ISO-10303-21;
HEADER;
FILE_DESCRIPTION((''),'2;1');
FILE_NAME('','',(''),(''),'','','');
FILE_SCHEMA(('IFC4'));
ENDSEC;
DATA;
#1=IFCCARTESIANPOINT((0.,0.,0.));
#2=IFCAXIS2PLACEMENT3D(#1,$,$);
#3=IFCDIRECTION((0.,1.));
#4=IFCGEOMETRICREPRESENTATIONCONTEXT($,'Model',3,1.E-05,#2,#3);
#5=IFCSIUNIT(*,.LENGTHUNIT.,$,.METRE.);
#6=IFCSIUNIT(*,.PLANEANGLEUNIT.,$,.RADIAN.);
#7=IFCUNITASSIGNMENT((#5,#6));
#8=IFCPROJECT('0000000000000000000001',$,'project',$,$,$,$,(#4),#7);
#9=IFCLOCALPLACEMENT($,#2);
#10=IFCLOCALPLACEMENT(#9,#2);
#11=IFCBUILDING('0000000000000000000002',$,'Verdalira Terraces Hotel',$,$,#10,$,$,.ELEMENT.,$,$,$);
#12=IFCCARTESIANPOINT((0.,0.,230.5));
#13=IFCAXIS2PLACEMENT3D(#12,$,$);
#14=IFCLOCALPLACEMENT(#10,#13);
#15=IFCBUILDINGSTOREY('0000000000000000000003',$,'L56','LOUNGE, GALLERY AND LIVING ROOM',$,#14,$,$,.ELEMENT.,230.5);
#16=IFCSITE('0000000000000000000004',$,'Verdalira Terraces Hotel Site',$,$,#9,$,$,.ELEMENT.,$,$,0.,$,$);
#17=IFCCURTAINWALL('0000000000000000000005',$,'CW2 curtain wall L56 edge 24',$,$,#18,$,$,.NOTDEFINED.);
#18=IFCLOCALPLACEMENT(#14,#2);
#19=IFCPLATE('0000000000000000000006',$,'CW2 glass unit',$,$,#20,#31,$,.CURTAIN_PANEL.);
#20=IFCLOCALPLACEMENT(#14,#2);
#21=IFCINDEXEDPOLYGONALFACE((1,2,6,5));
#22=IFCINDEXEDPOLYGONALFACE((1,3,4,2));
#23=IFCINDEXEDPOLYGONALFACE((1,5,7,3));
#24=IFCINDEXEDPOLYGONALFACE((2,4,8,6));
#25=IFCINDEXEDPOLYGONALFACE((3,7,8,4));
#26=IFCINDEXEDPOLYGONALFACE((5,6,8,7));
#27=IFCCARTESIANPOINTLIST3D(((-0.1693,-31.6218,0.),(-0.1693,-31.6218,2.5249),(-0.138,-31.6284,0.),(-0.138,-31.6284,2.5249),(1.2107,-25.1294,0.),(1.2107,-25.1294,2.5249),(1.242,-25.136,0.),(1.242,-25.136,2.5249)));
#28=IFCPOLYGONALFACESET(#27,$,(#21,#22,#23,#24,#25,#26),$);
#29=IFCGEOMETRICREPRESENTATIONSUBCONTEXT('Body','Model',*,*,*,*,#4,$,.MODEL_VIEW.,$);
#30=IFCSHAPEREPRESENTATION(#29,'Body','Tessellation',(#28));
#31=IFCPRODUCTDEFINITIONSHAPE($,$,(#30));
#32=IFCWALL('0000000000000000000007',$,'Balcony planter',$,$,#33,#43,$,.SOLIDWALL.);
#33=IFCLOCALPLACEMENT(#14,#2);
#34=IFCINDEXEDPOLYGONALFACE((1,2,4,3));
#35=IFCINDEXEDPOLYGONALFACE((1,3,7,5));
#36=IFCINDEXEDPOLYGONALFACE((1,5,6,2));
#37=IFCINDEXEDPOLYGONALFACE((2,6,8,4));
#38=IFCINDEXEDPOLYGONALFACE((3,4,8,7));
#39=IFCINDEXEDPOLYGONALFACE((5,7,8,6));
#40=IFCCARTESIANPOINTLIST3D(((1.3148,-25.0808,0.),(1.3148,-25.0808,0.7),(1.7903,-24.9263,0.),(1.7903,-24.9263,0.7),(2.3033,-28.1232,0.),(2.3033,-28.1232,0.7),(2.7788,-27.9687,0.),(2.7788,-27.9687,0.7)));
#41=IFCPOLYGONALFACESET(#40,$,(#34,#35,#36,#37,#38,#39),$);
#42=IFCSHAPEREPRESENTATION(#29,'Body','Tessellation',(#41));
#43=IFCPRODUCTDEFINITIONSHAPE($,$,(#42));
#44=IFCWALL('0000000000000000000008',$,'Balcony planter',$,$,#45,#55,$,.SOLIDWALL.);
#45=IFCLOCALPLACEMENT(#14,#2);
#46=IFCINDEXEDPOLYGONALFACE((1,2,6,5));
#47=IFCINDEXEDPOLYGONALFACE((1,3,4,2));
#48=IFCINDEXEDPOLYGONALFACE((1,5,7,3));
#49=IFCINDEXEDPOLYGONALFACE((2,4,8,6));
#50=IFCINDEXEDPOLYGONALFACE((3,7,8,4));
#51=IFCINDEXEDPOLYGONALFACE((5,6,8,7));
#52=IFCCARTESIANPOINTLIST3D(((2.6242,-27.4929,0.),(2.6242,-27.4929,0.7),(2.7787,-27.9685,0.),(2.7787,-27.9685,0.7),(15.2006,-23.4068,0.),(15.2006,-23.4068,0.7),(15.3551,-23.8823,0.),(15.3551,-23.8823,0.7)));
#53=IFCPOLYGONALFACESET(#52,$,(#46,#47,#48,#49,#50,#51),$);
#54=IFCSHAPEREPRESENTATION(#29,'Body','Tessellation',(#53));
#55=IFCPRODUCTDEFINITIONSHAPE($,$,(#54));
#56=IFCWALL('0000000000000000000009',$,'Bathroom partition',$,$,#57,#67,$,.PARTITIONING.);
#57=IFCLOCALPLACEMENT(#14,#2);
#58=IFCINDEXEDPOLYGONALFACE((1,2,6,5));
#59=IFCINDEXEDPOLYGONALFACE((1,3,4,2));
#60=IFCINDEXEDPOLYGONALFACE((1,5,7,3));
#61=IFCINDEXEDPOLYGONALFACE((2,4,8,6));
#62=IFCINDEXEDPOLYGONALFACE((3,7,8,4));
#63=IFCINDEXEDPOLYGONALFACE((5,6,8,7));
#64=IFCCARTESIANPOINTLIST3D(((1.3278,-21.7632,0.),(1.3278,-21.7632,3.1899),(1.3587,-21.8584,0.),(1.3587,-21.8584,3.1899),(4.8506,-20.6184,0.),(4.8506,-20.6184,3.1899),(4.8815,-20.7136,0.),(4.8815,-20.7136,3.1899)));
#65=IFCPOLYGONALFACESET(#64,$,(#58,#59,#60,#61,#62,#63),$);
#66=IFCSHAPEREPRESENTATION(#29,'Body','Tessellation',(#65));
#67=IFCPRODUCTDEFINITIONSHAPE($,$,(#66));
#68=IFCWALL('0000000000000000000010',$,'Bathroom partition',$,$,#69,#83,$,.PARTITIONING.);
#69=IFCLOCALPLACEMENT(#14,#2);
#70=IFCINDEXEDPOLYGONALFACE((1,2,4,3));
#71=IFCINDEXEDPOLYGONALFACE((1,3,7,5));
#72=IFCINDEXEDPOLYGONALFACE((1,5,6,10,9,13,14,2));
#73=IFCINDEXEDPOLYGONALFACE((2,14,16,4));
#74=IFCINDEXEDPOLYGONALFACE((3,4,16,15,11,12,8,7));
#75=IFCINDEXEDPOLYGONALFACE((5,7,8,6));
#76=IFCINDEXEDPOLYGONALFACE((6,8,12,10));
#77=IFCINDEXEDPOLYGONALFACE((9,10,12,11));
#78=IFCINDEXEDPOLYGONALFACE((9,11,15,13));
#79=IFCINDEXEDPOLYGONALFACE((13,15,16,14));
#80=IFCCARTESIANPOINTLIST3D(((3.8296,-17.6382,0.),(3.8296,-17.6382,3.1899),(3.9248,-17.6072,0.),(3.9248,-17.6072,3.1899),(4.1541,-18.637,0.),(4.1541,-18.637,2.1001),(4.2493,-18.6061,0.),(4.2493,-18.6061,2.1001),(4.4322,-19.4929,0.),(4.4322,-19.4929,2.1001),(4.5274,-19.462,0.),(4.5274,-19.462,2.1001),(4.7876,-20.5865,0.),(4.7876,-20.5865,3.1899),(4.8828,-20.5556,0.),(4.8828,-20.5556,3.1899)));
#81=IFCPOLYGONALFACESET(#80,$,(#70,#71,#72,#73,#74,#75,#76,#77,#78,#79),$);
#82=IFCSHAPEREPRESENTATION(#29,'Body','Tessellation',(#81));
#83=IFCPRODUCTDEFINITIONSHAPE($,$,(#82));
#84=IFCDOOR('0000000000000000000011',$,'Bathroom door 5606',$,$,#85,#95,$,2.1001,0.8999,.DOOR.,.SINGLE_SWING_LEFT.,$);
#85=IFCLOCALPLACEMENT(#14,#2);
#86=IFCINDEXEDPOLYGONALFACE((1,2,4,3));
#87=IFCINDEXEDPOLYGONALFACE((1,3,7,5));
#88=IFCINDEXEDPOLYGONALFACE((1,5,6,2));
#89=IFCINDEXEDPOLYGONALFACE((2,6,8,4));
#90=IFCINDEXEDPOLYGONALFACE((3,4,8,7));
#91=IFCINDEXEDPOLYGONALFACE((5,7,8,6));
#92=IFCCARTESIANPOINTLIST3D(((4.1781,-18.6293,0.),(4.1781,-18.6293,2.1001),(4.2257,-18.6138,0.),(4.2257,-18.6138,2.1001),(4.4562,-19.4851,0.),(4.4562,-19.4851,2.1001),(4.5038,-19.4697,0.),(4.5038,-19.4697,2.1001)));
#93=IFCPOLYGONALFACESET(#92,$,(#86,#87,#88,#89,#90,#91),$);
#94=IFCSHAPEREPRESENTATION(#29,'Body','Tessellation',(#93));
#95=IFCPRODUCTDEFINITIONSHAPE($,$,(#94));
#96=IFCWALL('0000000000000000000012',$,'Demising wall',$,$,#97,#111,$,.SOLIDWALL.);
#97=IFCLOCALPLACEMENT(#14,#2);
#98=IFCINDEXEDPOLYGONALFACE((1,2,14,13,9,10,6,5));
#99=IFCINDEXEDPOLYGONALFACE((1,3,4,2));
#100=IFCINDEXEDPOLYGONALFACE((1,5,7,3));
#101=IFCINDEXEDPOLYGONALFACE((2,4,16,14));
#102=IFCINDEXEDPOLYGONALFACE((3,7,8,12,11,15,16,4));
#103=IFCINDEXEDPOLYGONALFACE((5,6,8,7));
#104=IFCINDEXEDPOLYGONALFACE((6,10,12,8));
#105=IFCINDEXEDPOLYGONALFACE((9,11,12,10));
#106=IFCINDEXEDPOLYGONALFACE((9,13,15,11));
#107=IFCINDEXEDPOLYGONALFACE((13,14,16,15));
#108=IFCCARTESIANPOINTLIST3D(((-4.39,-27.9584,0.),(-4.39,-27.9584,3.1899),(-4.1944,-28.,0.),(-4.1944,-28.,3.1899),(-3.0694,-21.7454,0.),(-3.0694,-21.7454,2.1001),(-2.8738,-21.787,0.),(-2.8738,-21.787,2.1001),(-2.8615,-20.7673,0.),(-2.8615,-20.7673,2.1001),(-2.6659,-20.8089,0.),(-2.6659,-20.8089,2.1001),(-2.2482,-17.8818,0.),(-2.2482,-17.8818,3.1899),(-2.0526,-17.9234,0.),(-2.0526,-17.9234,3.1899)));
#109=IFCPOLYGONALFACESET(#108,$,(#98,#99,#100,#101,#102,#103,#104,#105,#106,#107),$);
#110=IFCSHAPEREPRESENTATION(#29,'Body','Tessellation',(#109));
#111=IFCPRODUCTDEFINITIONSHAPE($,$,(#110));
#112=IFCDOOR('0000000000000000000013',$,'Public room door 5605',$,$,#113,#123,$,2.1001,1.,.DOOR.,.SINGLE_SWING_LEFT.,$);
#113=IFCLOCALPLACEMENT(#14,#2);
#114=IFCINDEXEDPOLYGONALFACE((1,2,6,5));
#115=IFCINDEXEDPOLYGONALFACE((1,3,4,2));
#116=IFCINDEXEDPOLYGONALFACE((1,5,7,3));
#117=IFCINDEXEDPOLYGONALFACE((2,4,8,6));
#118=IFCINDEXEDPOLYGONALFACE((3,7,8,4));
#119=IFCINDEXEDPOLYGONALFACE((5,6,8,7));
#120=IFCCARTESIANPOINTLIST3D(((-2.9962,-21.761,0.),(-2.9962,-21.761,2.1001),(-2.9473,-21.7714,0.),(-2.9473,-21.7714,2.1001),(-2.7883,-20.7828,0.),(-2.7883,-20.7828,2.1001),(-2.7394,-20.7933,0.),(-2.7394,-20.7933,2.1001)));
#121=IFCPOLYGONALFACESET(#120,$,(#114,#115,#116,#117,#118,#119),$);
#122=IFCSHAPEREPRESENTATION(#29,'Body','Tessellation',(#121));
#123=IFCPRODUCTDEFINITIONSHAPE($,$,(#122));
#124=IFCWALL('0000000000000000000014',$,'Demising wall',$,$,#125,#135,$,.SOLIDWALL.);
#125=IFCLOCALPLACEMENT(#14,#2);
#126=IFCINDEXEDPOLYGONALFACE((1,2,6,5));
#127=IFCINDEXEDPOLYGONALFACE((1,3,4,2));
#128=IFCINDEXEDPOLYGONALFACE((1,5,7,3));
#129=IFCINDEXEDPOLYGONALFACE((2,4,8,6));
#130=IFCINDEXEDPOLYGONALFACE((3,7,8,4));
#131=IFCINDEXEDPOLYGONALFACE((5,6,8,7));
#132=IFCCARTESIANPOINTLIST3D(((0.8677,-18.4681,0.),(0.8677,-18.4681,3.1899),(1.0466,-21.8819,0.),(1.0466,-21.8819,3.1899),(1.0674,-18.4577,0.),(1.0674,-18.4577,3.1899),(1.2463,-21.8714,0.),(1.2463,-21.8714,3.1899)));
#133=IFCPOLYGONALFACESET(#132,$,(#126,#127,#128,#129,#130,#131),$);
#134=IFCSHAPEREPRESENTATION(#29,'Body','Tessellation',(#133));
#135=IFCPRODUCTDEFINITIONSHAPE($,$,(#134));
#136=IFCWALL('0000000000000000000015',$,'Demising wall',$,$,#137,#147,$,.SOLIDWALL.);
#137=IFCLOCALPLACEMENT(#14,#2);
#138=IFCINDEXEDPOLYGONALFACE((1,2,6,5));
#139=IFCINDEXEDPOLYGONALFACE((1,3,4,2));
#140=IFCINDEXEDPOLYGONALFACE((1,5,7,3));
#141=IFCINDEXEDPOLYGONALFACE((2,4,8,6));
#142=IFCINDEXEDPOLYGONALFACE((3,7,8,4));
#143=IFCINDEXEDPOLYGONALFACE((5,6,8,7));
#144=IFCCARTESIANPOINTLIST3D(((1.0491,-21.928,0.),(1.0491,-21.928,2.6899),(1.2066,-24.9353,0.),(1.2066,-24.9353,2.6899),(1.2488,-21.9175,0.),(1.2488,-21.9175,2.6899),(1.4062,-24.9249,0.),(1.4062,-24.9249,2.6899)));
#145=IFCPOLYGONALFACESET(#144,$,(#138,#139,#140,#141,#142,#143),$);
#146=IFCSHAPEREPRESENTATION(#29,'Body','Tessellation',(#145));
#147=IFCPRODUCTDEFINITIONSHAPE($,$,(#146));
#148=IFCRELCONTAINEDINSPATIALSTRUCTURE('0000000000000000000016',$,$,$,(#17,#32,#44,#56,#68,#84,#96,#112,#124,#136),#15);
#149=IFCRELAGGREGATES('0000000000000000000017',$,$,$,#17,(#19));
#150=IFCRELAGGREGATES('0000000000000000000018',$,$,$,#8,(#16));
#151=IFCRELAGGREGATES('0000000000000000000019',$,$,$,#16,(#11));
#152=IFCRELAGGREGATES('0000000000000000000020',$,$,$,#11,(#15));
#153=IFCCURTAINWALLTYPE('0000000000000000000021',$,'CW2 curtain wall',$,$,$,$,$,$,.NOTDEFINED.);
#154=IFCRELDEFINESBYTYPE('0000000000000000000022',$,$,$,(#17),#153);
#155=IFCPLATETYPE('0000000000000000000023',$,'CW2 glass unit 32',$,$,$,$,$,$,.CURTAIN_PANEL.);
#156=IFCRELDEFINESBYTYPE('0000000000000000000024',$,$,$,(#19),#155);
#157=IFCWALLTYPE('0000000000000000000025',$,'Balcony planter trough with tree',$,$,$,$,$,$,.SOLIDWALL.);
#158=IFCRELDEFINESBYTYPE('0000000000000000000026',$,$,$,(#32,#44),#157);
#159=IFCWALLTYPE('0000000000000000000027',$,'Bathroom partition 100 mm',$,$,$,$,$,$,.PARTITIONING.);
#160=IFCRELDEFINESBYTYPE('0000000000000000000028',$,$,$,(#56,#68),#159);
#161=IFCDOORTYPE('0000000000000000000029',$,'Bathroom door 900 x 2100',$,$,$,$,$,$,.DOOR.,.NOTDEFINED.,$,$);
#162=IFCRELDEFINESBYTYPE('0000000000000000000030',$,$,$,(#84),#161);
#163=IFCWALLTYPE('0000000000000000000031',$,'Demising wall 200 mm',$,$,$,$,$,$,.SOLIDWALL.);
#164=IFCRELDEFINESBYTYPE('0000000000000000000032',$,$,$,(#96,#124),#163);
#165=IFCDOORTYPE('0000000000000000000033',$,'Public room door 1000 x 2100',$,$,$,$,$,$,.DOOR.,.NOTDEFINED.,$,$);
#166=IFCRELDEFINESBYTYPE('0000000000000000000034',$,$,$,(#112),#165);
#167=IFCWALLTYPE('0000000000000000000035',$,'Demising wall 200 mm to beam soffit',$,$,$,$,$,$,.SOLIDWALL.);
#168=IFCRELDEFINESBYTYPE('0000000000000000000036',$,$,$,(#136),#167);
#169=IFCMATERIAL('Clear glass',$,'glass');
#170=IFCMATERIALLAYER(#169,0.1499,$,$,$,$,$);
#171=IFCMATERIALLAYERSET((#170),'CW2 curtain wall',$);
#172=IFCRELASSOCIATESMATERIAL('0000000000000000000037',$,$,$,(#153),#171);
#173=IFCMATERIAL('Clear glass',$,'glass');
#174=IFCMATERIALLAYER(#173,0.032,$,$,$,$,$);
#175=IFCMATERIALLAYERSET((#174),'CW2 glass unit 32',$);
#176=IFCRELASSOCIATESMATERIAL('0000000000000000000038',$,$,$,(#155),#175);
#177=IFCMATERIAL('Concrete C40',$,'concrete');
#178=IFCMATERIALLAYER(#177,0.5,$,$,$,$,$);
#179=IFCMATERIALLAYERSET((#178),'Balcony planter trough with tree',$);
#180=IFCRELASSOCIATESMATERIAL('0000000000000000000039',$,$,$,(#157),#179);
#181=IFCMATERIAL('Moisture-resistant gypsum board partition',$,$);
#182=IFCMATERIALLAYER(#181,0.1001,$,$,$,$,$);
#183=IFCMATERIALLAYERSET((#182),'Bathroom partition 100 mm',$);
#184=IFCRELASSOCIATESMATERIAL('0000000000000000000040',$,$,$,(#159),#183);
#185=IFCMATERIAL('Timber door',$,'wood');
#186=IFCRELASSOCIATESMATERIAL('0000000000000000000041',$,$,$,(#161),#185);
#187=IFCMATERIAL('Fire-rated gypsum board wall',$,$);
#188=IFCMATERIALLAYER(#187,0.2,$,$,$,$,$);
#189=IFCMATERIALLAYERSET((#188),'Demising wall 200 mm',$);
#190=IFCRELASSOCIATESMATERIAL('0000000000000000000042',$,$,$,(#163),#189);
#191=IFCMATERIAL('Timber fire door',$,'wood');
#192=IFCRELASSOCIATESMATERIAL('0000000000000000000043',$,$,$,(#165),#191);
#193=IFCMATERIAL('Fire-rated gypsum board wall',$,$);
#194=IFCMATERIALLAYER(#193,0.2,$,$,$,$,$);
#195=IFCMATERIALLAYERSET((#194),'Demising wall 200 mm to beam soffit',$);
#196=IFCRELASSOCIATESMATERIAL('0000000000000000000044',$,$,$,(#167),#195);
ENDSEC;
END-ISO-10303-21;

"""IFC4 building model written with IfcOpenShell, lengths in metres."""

from ifc_helpers import new_model, si_unit, direction, frame, frame_2d, origin, origin_2d, place, context, subcontext, project, spatial, rectangle, extrude, material, layer, layer_set, type_object, element, fill, aggregate, save


model = new_model("IFC4")

# Units and contexts
model_context = context("Model", 3, precision=1e-05, world=origin(), true_north=direction((0.0, 1.0)))
body_context = subcontext(model_context, "Body", "Model", "MODEL_VIEW")
ifc_project = project(units=[si_unit("LENGTHUNIT", "METRE"), si_unit("PLANEANGLEUNIT", "RADIAN")], contexts=[model_context])

# Site, building, storey
site_placement = place(None, origin())
site = spatial("IfcSite", under=ifc_project, at=site_placement, Name="Verdalira Terraces Hotel Site", CompositionType="ELEMENT", RefElevation=0.0)
building_placement = place(site_placement, origin())
building = spatial("IfcBuilding", under=site, at=building_placement, Name="Verdalira Terraces Hotel", CompositionType="ELEMENT")
storey_placement = place(building_placement, frame((0.0, 0.0, 230.5)))
storey = spatial("IfcBuildingStorey", under=building, at=storey_placement, Name="L56", Description="LOUNGE, GALLERY AND LIVING ROOM", CompositionType="ELEMENT", Elevation=230.5)

# Curtain wall
ifc_material_1 = material(Name="Clear glass", Category="glass")
ifc_layer_1 = layer(ifc_material_1, 0.1499)
ifc_layer_set_1 = layer_set([ifc_layer_1], Name="CW2 curtain wall")
curtain_wall_type_1 = type_object("IfcCurtainWallType", Name="CW2 curtain wall", PredefinedType="NOTDEFINED", material=ifc_layer_set_1)
curtain_wall_1_placement = place(storey_placement, origin())
curtain_wall_1 = element("IfcCurtainWall", 1, at=curtain_wall_1_placement, inside=storey, type_object=curtain_wall_type_1, Name="CW2 curtain wall L56 edge 24", PredefinedType="NOTDEFINED")

# Plate
ifc_material_2 = material(Name="Clear glass", Category="glass")
ifc_layer_2 = layer(ifc_material_2, 0.032)
ifc_layer_set_2 = layer_set([ifc_layer_2], Name="CW2 glass unit 32")
plate_type_1 = type_object("IfcPlateType", Name="CW2 glass unit 32", PredefinedType="CURTAIN_PANEL", material=ifc_layer_set_2)
plate_1_placement = place(storey_placement, frame((0.5364, -28.3789, 0.0), z_axis=(0.0, 0.0, 1.0), x_axis=(0.207912, 0.978148, 0.0)))
plate_1 = element("IfcPlate", 2, at=plate_1_placement, type_object=plate_type_1, Name="CW2 glass unit", PredefinedType="CURTAIN_PANEL", context=body_context, shape_type="SweptSolid", body=[
    extrude(rectangle(XDim=6.6375, YDim=0.032, at=origin_2d()), origin(), (0.0, 0.0, 1.0), 2.5249),
])
aggregate(curtain_wall_1, [plate_1])

# Walls
ifc_material_3 = material(Name="Concrete C40", Category="concrete")
ifc_layer_3 = layer(ifc_material_3, 0.5)
ifc_layer_set_3 = layer_set([ifc_layer_3], Name="Balcony planter trough with tree")
wall_type_1 = type_object("IfcWallType", Name="Balcony planter trough with tree", PredefinedType="SOLIDWALL", material=ifc_layer_set_3)
wall_1_placement = place(storey_placement, frame((1.5525, -25.0034, 0.0), z_axis=(0.0, 0.0, 1.0), x_axis=(0.309007, -0.95106, 0.0)))
element("IfcWall", 3, at=wall_1_placement, inside=storey, type_object=wall_type_1, Name="Balcony planter", PredefinedType="SOLIDWALL", context=body_context, shape_type="SweptSolid", body=[
    extrude(rectangle(XDim=3.199, YDim=0.5, at=frame_2d((1.5996, 0.0))), origin(), (0.0, 0.0, 1.0), 0.7),
])
wall_2_placement = place(storey_placement, frame((2.7014, -27.7307, 0.0), z_axis=(0.0, 0.0, 1.0), x_axis=(0.95106, 0.309007, 0.0)))
element("IfcWall", 4, at=wall_2_placement, inside=storey, type_object=wall_type_1, Name="Balcony planter", PredefinedType="SOLIDWALL", context=body_context, shape_type="SweptSolid", body=[
    extrude(rectangle(XDim=13.2236, YDim=0.5, at=frame_2d((6.6118, 0.0))), origin(), (0.0, 0.0, 1.0), 0.7),
])
ifc_material_4 = material(Name="Moisture-resistant gypsum board partition")
ifc_layer_4 = layer(ifc_material_4, 0.1001)
ifc_layer_set_4 = layer_set([ifc_layer_4], Name="Bathroom partition 100 mm")
wall_type_2 = type_object("IfcWallType", Name="Bathroom partition 100 mm", PredefinedType="PARTITIONING", material=ifc_layer_set_4)
wall_3_placement = place(storey_placement, frame((1.3433, -21.8108, 0.0), z_axis=(0.0, 0.0, 1.0), x_axis=(0.951042, 0.309061, 0.0)))
element("IfcWall", 5, at=wall_3_placement, inside=storey, type_object=wall_type_2, Name="Bathroom partition", PredefinedType="PARTITIONING", context=body_context, shape_type="SweptSolid", body=[
    extrude(rectangle(XDim=3.7041, YDim=0.1001, at=frame_2d((1.8521, 0.0))), origin(), (0.0, 0.0, 1.0), 3.1899),
])

# Walls, openings, doors
wall_4_placement = place(storey_placement, frame((4.8352, -20.571, 0.0), z_axis=(0.0, 0.0, 1.0), x_axis=(-0.309036, 0.95105, 0.0)))
wall_4 = element("IfcWall", 6, at=wall_4_placement, inside=storey, type_object=wall_type_2, Name="Bathroom partition", PredefinedType="PARTITIONING", context=body_context, shape_type="SweptSolid", body=[
    extrude(rectangle(XDim=3.1001, YDim=0.1001, at=frame_2d((1.55, 0.0))), origin(), (0.0, 0.0, 1.0), 3.1899),
])
opening_1_placement = place(wall_4_placement, frame((1.1499, 0.0, 0.0)))
opening_1 = element("IfcOpeningElement", 7, at=opening_1_placement, cuts=wall_4, PredefinedType="OPENING", context=body_context, shape_type="SweptSolid", body=[
    extrude(rectangle(XDim=0.8999, YDim=2.1001, at=frame_2d((0.45, 1.05))), frame((0.0, 0.0601, 0.0), z_axis=(0.0, -1.0, 0.0), x_axis=(1.0, 0.0, 0.0)), (0.0, 0.0, 1.0), 0.1201),
])
ifc_material_5 = material(Name="Timber door", Category="wood")
door_type_1 = type_object("IfcDoorType", Name="Bathroom door 900 x 2100", OperationType="NOTDEFINED", PredefinedType="DOOR", material=ifc_material_5)
door_1_placement = place(opening_1_placement, origin())
door_1 = element("IfcDoor", 8, at=door_1_placement, inside=storey, type_object=door_type_1, Name="Bathroom door 5606", OperationType="SINGLE_SWING_LEFT", OverallHeight=2.1001, OverallWidth=0.8999, PredefinedType="DOOR", context=body_context, shape_type="SweptSolid", body=[
    extrude(rectangle(XDim=0.8999, YDim=2.1001, at=frame_2d((0.45, 1.05))), frame((0.0, 0.0249, 0.0), z_axis=(0.0, -1.0, 0.0), x_axis=(1.0, 0.0, 0.0)), (0.0, 0.0, 1.0), 0.05),
])
fill(opening_1, door_1)
ifc_material_6 = material(Name="Fire-rated gypsum board wall")
ifc_layer_5 = layer(ifc_material_6, 0.2)
ifc_layer_set_5 = layer_set([ifc_layer_5], Name="Demising wall 200 mm")
wall_type_3 = type_object("IfcWallType", Name="Demising wall 200 mm", PredefinedType="SOLIDWALL", material=ifc_layer_set_5)
wall_5_placement = place(storey_placement, frame((-2.1504, -17.9026, 0.0), z_axis=(0.0, 0.0, 1.0), x_axis=(-0.20791, -0.978148, 0.0)))
wall_5 = element("IfcWall", 9, at=wall_5_placement, inside=storey, type_object=wall_type_3, Name="Demising wall", PredefinedType="SOLIDWALL", context=body_context, shape_type="SweptSolid", body=[
    extrude(rectangle(XDim=10.3018, YDim=0.2, at=frame_2d((5.1509, 0.0))), origin(), (0.0, 0.0, 1.0), 3.1899),
])
opening_2_placement = place(wall_5_placement, frame((2.95, 0.0, 0.0)))
opening_2 = element("IfcOpeningElement", 10, at=opening_2_placement, cuts=wall_5, PredefinedType="OPENING", context=body_context, shape_type="SweptSolid", body=[
    extrude(rectangle(XDim=1.0, YDim=2.1001, at=frame_2d((0.5, 1.05))), frame((0.0, 0.1099, 0.0), z_axis=(0.0, -1.0, 0.0), x_axis=(1.0, 0.0, 0.0)), (0.0, 0.0, 1.0), 0.22),
])
ifc_material_7 = material(Name="Timber fire door", Category="wood")
door_type_2 = type_object("IfcDoorType", Name="Public room door 1000 x 2100", OperationType="NOTDEFINED", PredefinedType="DOOR", material=ifc_material_7)
door_2_placement = place(opening_2_placement, origin())
door_2 = element("IfcDoor", 11, at=door_2_placement, inside=storey, type_object=door_type_2, Name="Public room door 5605", OperationType="SINGLE_SWING_LEFT", OverallHeight=2.1001, OverallWidth=1.0, PredefinedType="DOOR", context=body_context, shape_type="SweptSolid", body=[
    extrude(rectangle(XDim=1.0, YDim=2.1001, at=frame_2d((0.5, 1.05))), frame((0.0, 0.0249, 0.0), z_axis=(0.0, -1.0, 0.0), x_axis=(1.0, 0.0, 0.0)), (0.0, 0.0, 1.0), 0.05),
])
fill(opening_2, door_2)

# Walls
wall_6_placement = place(storey_placement, frame((0.9675, -18.4629, 0.0), z_axis=(0.0, 0.0, 1.0), x_axis=(0.052349, -0.998629, 0.0)))
element("IfcWall", 12, at=wall_6_placement, inside=storey, type_object=wall_type_3, Name="Demising wall", PredefinedType="SOLIDWALL", context=body_context, shape_type="SweptSolid", body=[
    extrude(rectangle(XDim=3.4185, YDim=0.2, at=frame_2d((1.7092, 0.0))), origin(), (0.0, 0.0, 1.0), 3.1899),
])
ifc_material_8 = material(Name="Fire-rated gypsum board wall")
ifc_layer_6 = layer(ifc_material_8, 0.2)
ifc_layer_set_6 = layer_set([ifc_layer_6], Name="Demising wall 200 mm to beam soffit")
wall_type_4 = type_object("IfcWallType", Name="Demising wall 200 mm to beam soffit", PredefinedType="SOLIDWALL", material=ifc_layer_set_6)
wall_7_placement = place(storey_placement, frame((1.1489, -21.9226, 0.0), z_axis=(0.0, 0.0, 1.0), x_axis=(0.052291, -0.998632, 0.0)))
element("IfcWall", 13, at=wall_7_placement, inside=storey, type_object=wall_type_4, Name="Demising wall", PredefinedType="SOLIDWALL", context=body_context, shape_type="SweptSolid", body=[
    extrude(rectangle(XDim=3.0115, YDim=0.2, at=frame_2d((1.5059, 0.0))), origin(), (0.0, 0.0, 1.0), 2.6899),
])

save(model, "model.ifc")
